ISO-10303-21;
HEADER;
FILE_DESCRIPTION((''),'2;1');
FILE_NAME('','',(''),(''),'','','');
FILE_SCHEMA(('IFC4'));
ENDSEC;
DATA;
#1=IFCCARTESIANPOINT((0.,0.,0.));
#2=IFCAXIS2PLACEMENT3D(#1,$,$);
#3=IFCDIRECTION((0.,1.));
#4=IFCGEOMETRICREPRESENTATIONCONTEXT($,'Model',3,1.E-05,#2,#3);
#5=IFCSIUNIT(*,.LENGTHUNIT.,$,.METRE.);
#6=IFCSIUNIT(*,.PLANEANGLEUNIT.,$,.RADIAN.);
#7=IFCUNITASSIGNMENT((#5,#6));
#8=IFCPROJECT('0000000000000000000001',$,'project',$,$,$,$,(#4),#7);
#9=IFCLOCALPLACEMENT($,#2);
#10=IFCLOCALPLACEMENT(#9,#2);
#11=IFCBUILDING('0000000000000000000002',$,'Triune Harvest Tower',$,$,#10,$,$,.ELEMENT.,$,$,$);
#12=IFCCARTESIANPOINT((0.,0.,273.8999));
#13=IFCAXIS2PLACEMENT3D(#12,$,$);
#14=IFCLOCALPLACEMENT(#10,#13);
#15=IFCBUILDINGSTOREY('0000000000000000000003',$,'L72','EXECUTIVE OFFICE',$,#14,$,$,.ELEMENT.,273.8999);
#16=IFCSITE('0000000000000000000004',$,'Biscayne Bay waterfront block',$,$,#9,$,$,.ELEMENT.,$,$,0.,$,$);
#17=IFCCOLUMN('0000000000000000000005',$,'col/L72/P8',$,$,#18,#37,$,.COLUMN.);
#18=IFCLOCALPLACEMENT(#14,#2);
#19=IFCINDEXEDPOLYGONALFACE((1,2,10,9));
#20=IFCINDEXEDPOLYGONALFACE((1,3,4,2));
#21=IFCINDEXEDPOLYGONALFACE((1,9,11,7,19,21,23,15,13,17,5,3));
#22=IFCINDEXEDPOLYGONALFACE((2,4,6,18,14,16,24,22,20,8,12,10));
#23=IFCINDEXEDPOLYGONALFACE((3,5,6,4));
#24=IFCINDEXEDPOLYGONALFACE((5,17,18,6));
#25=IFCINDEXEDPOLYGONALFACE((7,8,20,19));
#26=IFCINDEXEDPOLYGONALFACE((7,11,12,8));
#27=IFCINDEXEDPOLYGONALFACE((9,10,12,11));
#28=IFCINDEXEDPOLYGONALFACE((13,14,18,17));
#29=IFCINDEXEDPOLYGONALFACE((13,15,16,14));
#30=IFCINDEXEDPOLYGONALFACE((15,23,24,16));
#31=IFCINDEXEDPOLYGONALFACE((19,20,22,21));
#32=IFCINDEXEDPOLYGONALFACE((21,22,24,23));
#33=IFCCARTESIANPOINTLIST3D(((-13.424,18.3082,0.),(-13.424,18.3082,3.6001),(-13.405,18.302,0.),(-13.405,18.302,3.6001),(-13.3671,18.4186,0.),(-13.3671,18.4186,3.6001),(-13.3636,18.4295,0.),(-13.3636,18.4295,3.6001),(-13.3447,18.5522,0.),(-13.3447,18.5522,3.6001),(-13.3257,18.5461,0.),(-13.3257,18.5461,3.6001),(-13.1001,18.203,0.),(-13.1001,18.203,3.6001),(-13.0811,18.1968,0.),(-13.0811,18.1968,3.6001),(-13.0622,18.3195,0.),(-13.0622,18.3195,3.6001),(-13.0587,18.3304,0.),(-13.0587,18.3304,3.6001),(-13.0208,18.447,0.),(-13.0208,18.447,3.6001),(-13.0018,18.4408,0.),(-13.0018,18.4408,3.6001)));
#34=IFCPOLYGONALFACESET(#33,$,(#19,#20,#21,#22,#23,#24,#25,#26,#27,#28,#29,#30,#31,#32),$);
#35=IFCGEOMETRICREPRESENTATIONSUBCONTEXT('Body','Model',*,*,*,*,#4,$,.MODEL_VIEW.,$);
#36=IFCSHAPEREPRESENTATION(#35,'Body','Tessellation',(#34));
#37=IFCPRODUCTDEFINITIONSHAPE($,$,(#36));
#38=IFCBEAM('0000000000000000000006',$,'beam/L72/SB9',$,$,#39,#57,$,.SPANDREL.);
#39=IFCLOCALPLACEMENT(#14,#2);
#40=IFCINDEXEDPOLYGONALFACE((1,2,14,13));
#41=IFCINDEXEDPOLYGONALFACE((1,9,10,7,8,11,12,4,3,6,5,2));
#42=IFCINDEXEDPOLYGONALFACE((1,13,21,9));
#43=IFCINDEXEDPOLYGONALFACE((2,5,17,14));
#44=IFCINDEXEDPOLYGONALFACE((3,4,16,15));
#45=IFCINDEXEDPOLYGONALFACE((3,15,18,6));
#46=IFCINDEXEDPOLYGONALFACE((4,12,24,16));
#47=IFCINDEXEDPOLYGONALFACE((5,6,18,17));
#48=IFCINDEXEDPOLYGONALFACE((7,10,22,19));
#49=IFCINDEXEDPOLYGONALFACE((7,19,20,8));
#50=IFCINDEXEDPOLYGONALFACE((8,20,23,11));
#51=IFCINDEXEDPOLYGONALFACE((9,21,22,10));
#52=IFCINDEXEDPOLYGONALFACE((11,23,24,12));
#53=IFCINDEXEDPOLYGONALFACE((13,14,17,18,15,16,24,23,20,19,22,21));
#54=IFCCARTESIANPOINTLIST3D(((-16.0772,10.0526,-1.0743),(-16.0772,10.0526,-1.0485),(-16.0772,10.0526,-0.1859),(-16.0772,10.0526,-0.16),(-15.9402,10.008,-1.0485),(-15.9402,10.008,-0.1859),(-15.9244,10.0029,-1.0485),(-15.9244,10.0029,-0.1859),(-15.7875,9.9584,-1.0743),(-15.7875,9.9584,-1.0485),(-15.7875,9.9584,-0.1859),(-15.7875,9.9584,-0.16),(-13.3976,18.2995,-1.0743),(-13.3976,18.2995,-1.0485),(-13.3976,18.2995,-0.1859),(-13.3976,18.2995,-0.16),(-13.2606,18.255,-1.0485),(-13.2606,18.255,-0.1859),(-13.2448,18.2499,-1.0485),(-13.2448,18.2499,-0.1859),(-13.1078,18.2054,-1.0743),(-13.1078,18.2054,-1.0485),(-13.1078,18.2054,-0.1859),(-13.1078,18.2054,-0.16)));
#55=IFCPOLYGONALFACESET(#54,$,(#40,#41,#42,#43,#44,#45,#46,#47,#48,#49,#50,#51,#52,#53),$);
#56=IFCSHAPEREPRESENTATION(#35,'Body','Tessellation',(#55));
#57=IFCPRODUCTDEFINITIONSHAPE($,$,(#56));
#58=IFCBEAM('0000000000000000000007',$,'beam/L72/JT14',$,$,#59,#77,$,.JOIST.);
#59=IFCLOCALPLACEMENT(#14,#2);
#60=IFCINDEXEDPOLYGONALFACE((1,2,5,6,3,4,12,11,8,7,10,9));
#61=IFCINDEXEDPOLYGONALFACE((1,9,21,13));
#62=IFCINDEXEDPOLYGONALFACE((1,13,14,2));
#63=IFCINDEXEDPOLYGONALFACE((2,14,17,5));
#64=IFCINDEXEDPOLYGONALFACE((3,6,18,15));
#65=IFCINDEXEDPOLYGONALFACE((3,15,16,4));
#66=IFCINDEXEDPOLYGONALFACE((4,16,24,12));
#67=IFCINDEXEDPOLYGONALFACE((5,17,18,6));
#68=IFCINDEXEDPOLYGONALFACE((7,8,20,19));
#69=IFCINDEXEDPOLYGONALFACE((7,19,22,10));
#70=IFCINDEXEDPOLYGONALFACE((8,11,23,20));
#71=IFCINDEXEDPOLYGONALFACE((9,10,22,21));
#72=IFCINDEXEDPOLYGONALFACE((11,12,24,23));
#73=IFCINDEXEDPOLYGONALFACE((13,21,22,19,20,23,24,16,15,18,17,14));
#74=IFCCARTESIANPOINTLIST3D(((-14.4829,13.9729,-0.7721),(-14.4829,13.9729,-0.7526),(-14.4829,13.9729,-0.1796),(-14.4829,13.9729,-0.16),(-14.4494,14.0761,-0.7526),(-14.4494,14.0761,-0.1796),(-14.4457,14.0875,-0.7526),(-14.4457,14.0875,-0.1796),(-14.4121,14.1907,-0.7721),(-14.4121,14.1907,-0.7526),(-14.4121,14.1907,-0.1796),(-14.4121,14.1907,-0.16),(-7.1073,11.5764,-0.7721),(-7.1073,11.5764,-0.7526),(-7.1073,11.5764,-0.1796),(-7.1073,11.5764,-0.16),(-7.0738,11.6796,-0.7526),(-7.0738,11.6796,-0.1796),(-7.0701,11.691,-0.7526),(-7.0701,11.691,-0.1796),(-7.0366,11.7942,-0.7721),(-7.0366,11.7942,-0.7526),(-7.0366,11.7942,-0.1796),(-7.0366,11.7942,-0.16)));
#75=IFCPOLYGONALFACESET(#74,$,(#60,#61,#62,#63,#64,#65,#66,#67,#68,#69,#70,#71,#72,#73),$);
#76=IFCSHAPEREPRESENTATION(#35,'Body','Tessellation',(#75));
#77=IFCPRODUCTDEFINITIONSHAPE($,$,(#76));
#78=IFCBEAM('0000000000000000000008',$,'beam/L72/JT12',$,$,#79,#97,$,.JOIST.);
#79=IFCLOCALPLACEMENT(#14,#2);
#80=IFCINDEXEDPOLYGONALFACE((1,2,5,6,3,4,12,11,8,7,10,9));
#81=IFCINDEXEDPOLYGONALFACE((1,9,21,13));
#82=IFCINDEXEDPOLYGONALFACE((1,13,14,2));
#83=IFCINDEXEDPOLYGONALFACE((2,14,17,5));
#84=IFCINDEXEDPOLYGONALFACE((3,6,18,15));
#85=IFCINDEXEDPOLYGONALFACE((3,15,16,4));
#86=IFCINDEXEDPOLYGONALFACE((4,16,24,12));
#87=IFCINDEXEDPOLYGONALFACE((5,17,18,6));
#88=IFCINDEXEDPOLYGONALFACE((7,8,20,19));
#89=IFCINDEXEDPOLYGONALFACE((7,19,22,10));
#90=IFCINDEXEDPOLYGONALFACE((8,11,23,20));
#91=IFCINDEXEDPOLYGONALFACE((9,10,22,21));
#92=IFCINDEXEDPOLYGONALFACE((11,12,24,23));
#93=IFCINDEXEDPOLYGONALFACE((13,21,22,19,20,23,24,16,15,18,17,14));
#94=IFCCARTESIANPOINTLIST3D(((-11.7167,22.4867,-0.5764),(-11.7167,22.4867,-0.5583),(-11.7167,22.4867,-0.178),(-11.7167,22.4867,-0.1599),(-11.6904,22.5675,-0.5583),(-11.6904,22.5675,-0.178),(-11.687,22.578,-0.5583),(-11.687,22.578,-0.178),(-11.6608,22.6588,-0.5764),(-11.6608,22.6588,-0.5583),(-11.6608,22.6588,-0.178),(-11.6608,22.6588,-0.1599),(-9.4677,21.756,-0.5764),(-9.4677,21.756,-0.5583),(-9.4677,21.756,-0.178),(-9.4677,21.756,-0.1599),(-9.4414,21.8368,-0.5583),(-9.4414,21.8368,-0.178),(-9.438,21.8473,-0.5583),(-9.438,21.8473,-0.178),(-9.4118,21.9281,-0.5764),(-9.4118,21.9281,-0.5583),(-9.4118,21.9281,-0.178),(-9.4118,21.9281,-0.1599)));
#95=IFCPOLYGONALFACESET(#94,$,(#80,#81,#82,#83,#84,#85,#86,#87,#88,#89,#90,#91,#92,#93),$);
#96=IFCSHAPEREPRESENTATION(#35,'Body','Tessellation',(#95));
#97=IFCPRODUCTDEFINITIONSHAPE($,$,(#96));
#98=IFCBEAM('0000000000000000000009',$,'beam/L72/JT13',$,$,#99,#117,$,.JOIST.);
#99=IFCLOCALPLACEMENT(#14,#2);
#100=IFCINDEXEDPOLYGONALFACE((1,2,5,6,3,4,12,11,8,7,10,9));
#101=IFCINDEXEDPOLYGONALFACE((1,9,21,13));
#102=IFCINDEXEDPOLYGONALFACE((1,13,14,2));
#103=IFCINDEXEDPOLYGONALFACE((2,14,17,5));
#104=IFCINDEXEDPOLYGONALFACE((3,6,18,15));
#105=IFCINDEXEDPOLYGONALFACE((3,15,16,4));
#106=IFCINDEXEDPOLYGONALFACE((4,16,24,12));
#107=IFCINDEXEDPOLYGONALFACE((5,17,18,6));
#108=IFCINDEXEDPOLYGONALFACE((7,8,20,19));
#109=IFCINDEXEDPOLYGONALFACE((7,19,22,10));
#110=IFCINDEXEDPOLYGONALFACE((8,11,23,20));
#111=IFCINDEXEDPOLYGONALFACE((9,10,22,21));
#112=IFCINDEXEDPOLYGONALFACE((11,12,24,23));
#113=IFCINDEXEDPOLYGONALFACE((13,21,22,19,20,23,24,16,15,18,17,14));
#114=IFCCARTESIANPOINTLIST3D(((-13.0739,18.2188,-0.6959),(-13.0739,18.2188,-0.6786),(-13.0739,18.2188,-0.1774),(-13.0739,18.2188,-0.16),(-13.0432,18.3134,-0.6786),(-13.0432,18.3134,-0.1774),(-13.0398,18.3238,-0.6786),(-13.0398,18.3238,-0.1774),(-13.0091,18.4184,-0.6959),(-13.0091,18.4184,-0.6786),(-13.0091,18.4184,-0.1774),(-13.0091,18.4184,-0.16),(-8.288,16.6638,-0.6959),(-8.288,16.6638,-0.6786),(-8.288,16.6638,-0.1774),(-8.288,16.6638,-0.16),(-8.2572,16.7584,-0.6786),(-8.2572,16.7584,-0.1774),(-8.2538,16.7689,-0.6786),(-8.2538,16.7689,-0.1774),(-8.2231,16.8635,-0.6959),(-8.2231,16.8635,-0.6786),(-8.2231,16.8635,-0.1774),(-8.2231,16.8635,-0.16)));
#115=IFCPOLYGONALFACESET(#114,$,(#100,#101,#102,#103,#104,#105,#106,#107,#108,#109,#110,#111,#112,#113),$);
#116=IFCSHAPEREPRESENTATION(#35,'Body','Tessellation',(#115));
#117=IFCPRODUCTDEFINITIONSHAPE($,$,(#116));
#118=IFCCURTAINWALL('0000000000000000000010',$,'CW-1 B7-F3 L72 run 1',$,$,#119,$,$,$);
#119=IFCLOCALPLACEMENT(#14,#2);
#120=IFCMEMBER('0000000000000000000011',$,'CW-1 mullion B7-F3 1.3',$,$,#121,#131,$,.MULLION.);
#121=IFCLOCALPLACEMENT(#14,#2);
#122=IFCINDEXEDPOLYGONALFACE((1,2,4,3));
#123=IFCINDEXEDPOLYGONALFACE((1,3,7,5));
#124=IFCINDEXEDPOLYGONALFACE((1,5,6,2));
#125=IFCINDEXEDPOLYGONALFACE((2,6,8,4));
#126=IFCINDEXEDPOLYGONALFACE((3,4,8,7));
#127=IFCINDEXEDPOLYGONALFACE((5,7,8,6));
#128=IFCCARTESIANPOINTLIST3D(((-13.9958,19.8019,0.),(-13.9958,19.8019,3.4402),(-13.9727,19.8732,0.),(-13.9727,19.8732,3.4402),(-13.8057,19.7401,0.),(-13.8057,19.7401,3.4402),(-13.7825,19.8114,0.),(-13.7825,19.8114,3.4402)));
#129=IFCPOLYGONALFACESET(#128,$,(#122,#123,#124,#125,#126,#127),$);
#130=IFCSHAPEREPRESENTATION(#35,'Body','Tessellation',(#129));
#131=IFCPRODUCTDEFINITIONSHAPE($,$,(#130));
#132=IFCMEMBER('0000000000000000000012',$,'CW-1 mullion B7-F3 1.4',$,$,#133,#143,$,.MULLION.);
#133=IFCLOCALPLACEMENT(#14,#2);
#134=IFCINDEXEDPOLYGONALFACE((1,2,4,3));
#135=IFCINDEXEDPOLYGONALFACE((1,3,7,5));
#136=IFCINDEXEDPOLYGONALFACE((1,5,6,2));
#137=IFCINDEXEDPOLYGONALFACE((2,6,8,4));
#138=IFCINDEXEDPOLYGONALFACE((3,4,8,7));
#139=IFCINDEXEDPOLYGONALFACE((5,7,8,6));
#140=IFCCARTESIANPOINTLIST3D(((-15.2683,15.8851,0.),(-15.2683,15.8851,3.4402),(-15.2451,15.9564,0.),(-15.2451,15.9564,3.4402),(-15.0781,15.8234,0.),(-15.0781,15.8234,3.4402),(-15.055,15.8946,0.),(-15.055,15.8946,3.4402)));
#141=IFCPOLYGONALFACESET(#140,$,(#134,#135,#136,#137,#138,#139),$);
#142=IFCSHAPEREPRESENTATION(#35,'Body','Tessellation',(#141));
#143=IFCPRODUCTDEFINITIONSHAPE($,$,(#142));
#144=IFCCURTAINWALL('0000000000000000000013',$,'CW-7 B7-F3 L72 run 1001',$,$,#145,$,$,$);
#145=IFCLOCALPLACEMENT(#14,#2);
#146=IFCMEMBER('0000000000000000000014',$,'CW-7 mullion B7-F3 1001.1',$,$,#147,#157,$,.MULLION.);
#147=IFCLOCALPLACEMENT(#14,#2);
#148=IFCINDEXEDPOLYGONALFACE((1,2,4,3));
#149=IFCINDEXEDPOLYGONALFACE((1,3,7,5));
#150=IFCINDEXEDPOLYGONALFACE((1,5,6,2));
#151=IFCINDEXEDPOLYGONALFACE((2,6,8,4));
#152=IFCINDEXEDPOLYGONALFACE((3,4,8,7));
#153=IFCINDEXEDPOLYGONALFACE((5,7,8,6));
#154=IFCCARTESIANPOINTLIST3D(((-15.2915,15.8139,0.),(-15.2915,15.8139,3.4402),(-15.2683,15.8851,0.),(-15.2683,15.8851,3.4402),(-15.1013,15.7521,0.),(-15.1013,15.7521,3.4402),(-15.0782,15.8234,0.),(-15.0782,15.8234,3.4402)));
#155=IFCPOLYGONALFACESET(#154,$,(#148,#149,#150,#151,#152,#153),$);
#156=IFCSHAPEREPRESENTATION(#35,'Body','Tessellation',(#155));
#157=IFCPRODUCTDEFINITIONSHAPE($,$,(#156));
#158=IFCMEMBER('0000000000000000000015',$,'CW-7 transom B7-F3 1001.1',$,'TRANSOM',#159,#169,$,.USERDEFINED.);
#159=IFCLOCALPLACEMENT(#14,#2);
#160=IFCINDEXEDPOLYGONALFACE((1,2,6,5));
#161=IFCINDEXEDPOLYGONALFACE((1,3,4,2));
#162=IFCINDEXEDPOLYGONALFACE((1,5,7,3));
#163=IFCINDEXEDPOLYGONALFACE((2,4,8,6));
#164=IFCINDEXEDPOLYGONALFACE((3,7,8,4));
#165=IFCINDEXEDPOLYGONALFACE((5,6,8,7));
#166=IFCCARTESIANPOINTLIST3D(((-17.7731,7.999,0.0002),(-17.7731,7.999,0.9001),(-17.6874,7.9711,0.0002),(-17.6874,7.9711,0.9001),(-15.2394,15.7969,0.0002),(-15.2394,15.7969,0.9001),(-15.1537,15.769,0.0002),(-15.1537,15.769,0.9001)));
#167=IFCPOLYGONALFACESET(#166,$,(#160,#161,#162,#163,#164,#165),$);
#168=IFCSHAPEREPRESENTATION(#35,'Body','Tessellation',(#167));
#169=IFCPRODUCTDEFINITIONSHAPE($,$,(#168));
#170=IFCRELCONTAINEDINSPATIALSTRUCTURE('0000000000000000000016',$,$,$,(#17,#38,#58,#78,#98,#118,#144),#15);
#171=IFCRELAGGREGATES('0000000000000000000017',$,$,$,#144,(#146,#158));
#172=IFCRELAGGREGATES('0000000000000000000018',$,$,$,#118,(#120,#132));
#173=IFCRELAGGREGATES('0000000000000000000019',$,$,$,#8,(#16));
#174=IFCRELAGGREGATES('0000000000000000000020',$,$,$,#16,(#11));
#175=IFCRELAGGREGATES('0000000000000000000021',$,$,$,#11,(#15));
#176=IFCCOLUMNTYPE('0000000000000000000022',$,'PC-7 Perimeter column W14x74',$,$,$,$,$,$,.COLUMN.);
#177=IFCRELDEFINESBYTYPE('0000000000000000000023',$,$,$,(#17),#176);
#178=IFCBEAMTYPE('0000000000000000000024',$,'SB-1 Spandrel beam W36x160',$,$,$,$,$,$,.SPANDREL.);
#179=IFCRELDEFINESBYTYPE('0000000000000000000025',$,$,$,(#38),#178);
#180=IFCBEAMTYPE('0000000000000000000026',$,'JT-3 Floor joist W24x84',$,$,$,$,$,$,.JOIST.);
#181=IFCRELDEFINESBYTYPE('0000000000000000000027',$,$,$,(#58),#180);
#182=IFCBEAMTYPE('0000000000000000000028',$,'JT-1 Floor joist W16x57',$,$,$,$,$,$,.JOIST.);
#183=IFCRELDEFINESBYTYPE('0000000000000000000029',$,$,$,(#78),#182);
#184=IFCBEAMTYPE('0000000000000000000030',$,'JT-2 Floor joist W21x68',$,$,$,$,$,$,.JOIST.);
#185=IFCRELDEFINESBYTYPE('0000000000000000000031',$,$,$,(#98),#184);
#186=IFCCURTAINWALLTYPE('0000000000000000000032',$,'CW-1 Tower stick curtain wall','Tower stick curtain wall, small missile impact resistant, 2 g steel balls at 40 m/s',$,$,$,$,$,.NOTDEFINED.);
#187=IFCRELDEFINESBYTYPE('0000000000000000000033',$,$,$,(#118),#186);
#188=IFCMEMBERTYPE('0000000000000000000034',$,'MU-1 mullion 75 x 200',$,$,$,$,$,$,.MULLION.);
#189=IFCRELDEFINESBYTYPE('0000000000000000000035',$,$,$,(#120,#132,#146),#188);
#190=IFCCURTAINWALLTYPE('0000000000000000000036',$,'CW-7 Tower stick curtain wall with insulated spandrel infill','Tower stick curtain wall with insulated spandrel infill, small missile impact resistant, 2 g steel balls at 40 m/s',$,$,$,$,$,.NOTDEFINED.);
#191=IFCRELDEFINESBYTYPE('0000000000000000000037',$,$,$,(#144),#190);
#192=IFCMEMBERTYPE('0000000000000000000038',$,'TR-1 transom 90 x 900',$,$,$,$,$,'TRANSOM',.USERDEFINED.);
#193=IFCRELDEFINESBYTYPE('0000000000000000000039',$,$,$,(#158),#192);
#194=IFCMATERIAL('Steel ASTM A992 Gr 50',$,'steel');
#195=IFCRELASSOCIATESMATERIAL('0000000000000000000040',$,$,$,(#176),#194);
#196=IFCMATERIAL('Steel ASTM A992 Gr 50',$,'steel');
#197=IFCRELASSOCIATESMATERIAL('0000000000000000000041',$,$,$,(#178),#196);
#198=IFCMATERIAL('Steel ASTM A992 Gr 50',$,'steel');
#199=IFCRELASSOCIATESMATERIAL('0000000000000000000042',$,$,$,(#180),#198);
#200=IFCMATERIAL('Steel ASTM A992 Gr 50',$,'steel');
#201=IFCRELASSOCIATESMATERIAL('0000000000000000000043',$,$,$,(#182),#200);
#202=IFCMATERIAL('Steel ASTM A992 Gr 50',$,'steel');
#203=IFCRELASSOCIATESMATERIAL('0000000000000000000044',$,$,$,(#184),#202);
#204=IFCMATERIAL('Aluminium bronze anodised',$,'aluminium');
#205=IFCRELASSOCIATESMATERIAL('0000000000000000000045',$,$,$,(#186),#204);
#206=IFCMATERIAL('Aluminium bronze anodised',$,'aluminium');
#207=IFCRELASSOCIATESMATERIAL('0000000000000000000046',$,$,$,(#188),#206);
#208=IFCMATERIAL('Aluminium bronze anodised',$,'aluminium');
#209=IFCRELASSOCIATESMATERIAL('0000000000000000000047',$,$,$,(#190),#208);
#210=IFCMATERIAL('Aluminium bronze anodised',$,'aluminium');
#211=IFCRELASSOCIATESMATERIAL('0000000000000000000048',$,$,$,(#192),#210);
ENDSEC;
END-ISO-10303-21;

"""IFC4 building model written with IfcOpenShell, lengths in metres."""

from ifc_helpers import new_model, si_unit, direction, frame, origin, origin_2d, place, context, subcontext, project, spatial, rectangle, i_section, extrude, source, transform, mapped, material, material_profile, profile_set, type_object, element, aggregate, save


model = new_model("IFC4")

# Units and contexts
model_context = context("Model", 3, precision=1e-05, world=origin(), true_north=direction((0.0, 1.0)))
body_context = subcontext(model_context, "Body", "Model", "MODEL_VIEW")
ifc_project = project(units=[si_unit("LENGTHUNIT", "METRE"), si_unit("PLANEANGLEUNIT", "RADIAN")], contexts=[model_context])

# Site, building, storey
site_placement = place(None, origin())
site = spatial("IfcSite", under=ifc_project, at=site_placement, Name="Biscayne Bay waterfront block", CompositionType="ELEMENT", RefElevation=0.0)
building_placement = place(site_placement, origin())
building = spatial("IfcBuilding", under=site, at=building_placement, Name="Triune Harvest Tower", CompositionType="ELEMENT")
storey_placement = place(building_placement, frame((0.0, 0.0, 273.8999)))
storey = spatial("IfcBuildingStorey", under=building, at=storey_placement, Name="L72", Description="EXECUTIVE OFFICE", CompositionType="ELEMENT", Elevation=273.8999)

# Column
ifc_material_1 = material(Name="Steel ASTM A992 Gr 50", Category="steel")
ifc_material_profile_1 = material_profile(ifc_material_1, i_section(OverallWidth=0.2566, OverallDepth=0.3606, WebThickness=0.0115, FlangeThickness=0.02, at=origin_2d()), Name="W14x74")
ifc_profile_set_1 = profile_set([ifc_material_profile_1], Name="Steel ASTM A992 Gr 50")
column_type = type_object("IfcColumnType", Name="PC-7 Perimeter column W14x74", PredefinedType="COLUMN", material=ifc_profile_set_1)
shared_shape_1 = source(origin(), body_context, "Body", "SweptSolid", [
    extrude(i_section(OverallWidth=0.2566, OverallDepth=0.3606, WebThickness=0.0115, FlangeThickness=0.02, at=origin_2d()), origin(), (0.0, 0.0, 1.0), 3.6001),
])
column_placement = place(storey_placement, frame((-13.2129, 18.3745, 0.0), z_axis=(0.0, 0.0, 1.0), x_axis=(-0.309015, -0.951057, 0.0)))
element("IfcColumn", 1, at=column_placement, inside=storey, type_object=column_type, Name="col/L72/P8", PredefinedType="COLUMN", context=body_context, shape_type="MappedRepresentation", body=[
    mapped(shared_shape_1, transform((0.0, 0.0, 0.0), scale=1.0)),
])

# Beams
ifc_material_2 = material(Name="Steel ASTM A992 Gr 50", Category="steel")
ifc_material_profile_2 = material_profile(ifc_material_2, i_section(OverallWidth=0.3047, OverallDepth=0.9143, WebThickness=0.0166, FlangeThickness=0.0259, at=origin_2d()), Name="W36x160")
ifc_profile_set_2 = profile_set([ifc_material_profile_2], Name="Steel ASTM A992 Gr 50")
beam_type_1 = type_object("IfcBeamType", Name="SB-1 Spandrel beam W36x160", PredefinedType="SPANDREL", material=ifc_profile_set_2)
shared_shape_2 = source(origin(), body_context, "Body", "SweptSolid", [
    extrude(i_section(OverallWidth=0.3047, OverallDepth=0.9143, WebThickness=0.0166, FlangeThickness=0.0259, at=origin_2d()), origin(), (0.0, 0.0, 1.0), 8.6714),
])
beam_1_placement = place(storey_placement, frame((-13.2527, 18.2524, -0.6172), z_axis=(-0.309022, -0.951055, 0.0), x_axis=(0.951055, -0.309022, 0.0)))
element("IfcBeam", 2, at=beam_1_placement, inside=storey, type_object=beam_type_1, Name="beam/L72/SB9", PredefinedType="SPANDREL", context=body_context, shape_type="MappedRepresentation", body=[
    mapped(shared_shape_2, transform((0.0, 0.0, 0.0), scale=1.0)),
])
ifc_material_3 = material(Name="Steel ASTM A992 Gr 50", Category="steel")
ifc_material_profile_3 = material_profile(ifc_material_3, i_section(OverallWidth=0.229, OverallDepth=0.6121, WebThickness=0.012, FlangeThickness=0.0195, at=origin_2d()), Name="W24x84")
ifc_profile_set_3 = profile_set([ifc_material_profile_3], Name="Steel ASTM A992 Gr 50")
beam_type_2 = type_object("IfcBeamType", Name="JT-3 Floor joist W24x84", PredefinedType="JOIST", material=ifc_profile_set_3)
shared_shape_3 = source(origin(), body_context, "Body", "SweptSolid", [
    extrude(i_section(OverallWidth=0.229, OverallDepth=0.6121, WebThickness=0.012, FlangeThickness=0.0195, at=origin_2d()), origin(), (0.0, 0.0, 1.0), 7.7551),
])
beam_2_placement = place(storey_placement, frame((-14.4475, 14.0818, -0.4661), z_axis=(0.951055, -0.309022, 0.0), x_axis=(0.309022, 0.951055, 0.0)))
element("IfcBeam", 3, at=beam_2_placement, inside=storey, type_object=beam_type_2, Name="beam/L72/JT14", PredefinedType="JOIST", context=body_context, shape_type="MappedRepresentation", body=[
    mapped(shared_shape_3, transform((0.0, 0.0, 0.0), scale=1.0)),
])
ifc_material_4 = material(Name="Steel ASTM A992 Gr 50", Category="steel")
ifc_material_profile_4 = material_profile(ifc_material_4, i_section(OverallWidth=0.1809, OverallDepth=0.4165, WebThickness=0.011, FlangeThickness=0.0181, at=origin_2d()), Name="W16x57")
ifc_profile_set_4 = profile_set([ifc_material_profile_4], Name="Steel ASTM A992 Gr 50")
beam_type_3 = type_object("IfcBeamType", Name="JT-1 Floor joist W16x57", PredefinedType="JOIST", material=ifc_profile_set_4)
shared_shape_4 = source(origin(), body_context, "Body", "SweptSolid", [
    extrude(i_section(OverallWidth=0.1809, OverallDepth=0.4165, WebThickness=0.011, FlangeThickness=0.0181, at=origin_2d()), origin(), (0.0, 0.0, 1.0), 2.3647),
])
beam_3_placement = place(storey_placement, frame((-11.6887, 22.5728, -0.3682), z_axis=(0.951061, -0.309002, 0.0), x_axis=(0.309002, 0.951061, 0.0)))
element("IfcBeam", 4, at=beam_3_placement, inside=storey, type_object=beam_type_3, Name="beam/L72/JT12", PredefinedType="JOIST", context=body_context, shape_type="MappedRepresentation", body=[
    mapped(shared_shape_4, transform((0.0, 0.0, 0.0), scale=1.0)),
])
ifc_material_5 = material(Name="Steel ASTM A992 Gr 50", Category="steel")
ifc_material_profile_5 = material_profile(ifc_material_5, i_section(OverallWidth=0.21, OverallDepth=0.5359, WebThickness=0.011, FlangeThickness=0.0173, at=origin_2d()), Name="W21x68")
ifc_profile_set_5 = profile_set([ifc_material_profile_5], Name="Steel ASTM A992 Gr 50")
beam_type_4 = type_object("IfcBeamType", Name="JT-2 Floor joist W21x68", PredefinedType="JOIST", material=ifc_profile_set_5)
shared_shape_5 = source(origin(), body_context, "Body", "SweptSolid", [
    extrude(i_section(OverallWidth=0.21, OverallDepth=0.5359, WebThickness=0.011, FlangeThickness=0.0173, at=origin_2d()), origin(), (0.0, 0.0, 1.0), 5.0322),
])
beam_4_placement = place(storey_placement, frame((-13.0415, 18.3186, -0.428), z_axis=(0.951062, -0.308999, 0.0), x_axis=(0.308999, 0.951062, 0.0)))
element("IfcBeam", 5, at=beam_4_placement, inside=storey, type_object=beam_type_4, Name="beam/L72/JT13", PredefinedType="JOIST", context=body_context, shape_type="MappedRepresentation", body=[
    mapped(shared_shape_5, transform((0.0, 0.0, 0.0), scale=1.0)),
])

# Curtain walls, members
ifc_material_6 = material(Name="Aluminium bronze anodised", Category="aluminium")
curtain_wall_type_1 = type_object("IfcCurtainWallType", Name="CW-1 Tower stick curtain wall", Description="Tower stick curtain wall, small missile impact resistant, 2 g steel balls at 40 m/s", PredefinedType="NOTDEFINED", material=ifc_material_6)
curtain_wall_1_placement = place(storey_placement, origin())
curtain_wall_1 = element("IfcCurtainWall", 6, at=curtain_wall_1_placement, inside=storey, type_object=curtain_wall_type_1, Name="CW-1 B7-F3 L72 run 1")
ifc_material_7 = material(Name="Aluminium bronze anodised", Category="aluminium")
ifc_material_profile_6 = material_profile(ifc_material_7, rectangle(XDim=0.2, YDim=0.075, at=origin_2d()), Name="MU-1 mullion 75 x 200")
ifc_profile_set_6 = profile_set([ifc_material_profile_6], Name="Aluminium bronze anodised")
member_type_1 = type_object("IfcMemberType", Name="MU-1 mullion 75 x 200", PredefinedType="MULLION", material=ifc_profile_set_6)
shared_shape_6 = source(origin(), body_context, "Body", "SweptSolid", [
    extrude(rectangle(XDim=0.2, YDim=0.075, at=origin_2d()), origin(), (0.0, 0.0, 1.0), 3.4402),
])
member_1_placement = place(storey_placement, frame((-13.8892, 19.8066, 0.0), z_axis=(0.0, 0.0, 1.0), x_axis=(0.951058, -0.309013, 0.0)))
member_1 = element("IfcMember", 7, at=member_1_placement, type_object=member_type_1, Name="CW-1 mullion B7-F3 1.3", PredefinedType="MULLION", context=body_context, shape_type="MappedRepresentation", body=[
    mapped(shared_shape_6, transform((0.0, 0.0, 0.0), scale=1.0)),
])
member_2_placement = place(storey_placement, frame((-15.1616, 15.8899, 0.0), z_axis=(0.0, 0.0, 1.0), x_axis=(0.951058, -0.309013, 0.0)))
member_2 = element("IfcMember", 8, at=member_2_placement, type_object=member_type_1, Name="CW-1 mullion B7-F3 1.4", PredefinedType="MULLION", context=body_context, shape_type="MappedRepresentation", body=[
    mapped(shared_shape_6, transform((0.0, 0.0, 0.0), scale=1.0)),
])
ifc_material_8 = material(Name="Aluminium bronze anodised", Category="aluminium")
curtain_wall_type_2 = type_object("IfcCurtainWallType", Name="CW-7 Tower stick curtain wall with insulated spandrel infill", Description="Tower stick curtain wall with insulated spandrel infill, small missile impact resistant, 2 g steel balls at 40 m/s", PredefinedType="NOTDEFINED", material=ifc_material_8)
curtain_wall_2_placement = place(storey_placement, origin())
curtain_wall_2 = element("IfcCurtainWall", 9, at=curtain_wall_2_placement, inside=storey, type_object=curtain_wall_type_2, Name="CW-7 B7-F3 L72 run 1001")
member_3_placement = place(storey_placement, frame((-15.1848, 15.8186, 0.0), z_axis=(0.0, 0.0, 1.0), x_axis=(0.951056, -0.30902, 0.0)))
member_3 = element("IfcMember", 10, at=member_3_placement, type_object=member_type_1, Name="CW-7 mullion B7-F3 1001.1", PredefinedType="MULLION", context=body_context, shape_type="MappedRepresentation", body=[
    mapped(shared_shape_6, transform((0.0, 0.0, 0.0), scale=1.0)),
])
ifc_material_9 = material(Name="Aluminium bronze anodised", Category="aluminium")
ifc_material_profile_7 = material_profile(ifc_material_9, rectangle(XDim=0.0901, YDim=0.8999, at=origin_2d()), Name="TR-1 transom 90 x 900")
ifc_profile_set_7 = profile_set([ifc_material_profile_7], Name="Aluminium bronze anodised")
member_type_2 = type_object("IfcMemberType", Name="TR-1 transom 90 x 900", ElementType="TRANSOM", PredefinedType="USERDEFINED", material=ifc_profile_set_7)
shared_shape_7 = source(origin(), body_context, "Body", "SweptSolid", [
    extrude(rectangle(XDim=0.0901, YDim=0.8999, at=origin_2d()), origin(), (0.0, 0.0, 1.0), 8.1992),
])
member_4_placement = place(storey_placement, frame((-15.1965, 15.783, 0.4502), z_axis=(-0.309019, -0.951056, 0.0), x_axis=(0.951056, -0.309019, 0.0)))
member_4 = element("IfcMember", 11, at=member_4_placement, type_object=member_type_2, Name="CW-7 transom B7-F3 1001.1", ObjectType="TRANSOM", PredefinedType="USERDEFINED", context=body_context, shape_type="MappedRepresentation", body=[
    mapped(shared_shape_7, transform((0.0, 0.0, 0.0), scale=1.0)),
])

aggregate(curtain_wall_2, [member_3, member_4])
aggregate(curtain_wall_1, [member_1, member_2])

save(model, "model.ifc")
